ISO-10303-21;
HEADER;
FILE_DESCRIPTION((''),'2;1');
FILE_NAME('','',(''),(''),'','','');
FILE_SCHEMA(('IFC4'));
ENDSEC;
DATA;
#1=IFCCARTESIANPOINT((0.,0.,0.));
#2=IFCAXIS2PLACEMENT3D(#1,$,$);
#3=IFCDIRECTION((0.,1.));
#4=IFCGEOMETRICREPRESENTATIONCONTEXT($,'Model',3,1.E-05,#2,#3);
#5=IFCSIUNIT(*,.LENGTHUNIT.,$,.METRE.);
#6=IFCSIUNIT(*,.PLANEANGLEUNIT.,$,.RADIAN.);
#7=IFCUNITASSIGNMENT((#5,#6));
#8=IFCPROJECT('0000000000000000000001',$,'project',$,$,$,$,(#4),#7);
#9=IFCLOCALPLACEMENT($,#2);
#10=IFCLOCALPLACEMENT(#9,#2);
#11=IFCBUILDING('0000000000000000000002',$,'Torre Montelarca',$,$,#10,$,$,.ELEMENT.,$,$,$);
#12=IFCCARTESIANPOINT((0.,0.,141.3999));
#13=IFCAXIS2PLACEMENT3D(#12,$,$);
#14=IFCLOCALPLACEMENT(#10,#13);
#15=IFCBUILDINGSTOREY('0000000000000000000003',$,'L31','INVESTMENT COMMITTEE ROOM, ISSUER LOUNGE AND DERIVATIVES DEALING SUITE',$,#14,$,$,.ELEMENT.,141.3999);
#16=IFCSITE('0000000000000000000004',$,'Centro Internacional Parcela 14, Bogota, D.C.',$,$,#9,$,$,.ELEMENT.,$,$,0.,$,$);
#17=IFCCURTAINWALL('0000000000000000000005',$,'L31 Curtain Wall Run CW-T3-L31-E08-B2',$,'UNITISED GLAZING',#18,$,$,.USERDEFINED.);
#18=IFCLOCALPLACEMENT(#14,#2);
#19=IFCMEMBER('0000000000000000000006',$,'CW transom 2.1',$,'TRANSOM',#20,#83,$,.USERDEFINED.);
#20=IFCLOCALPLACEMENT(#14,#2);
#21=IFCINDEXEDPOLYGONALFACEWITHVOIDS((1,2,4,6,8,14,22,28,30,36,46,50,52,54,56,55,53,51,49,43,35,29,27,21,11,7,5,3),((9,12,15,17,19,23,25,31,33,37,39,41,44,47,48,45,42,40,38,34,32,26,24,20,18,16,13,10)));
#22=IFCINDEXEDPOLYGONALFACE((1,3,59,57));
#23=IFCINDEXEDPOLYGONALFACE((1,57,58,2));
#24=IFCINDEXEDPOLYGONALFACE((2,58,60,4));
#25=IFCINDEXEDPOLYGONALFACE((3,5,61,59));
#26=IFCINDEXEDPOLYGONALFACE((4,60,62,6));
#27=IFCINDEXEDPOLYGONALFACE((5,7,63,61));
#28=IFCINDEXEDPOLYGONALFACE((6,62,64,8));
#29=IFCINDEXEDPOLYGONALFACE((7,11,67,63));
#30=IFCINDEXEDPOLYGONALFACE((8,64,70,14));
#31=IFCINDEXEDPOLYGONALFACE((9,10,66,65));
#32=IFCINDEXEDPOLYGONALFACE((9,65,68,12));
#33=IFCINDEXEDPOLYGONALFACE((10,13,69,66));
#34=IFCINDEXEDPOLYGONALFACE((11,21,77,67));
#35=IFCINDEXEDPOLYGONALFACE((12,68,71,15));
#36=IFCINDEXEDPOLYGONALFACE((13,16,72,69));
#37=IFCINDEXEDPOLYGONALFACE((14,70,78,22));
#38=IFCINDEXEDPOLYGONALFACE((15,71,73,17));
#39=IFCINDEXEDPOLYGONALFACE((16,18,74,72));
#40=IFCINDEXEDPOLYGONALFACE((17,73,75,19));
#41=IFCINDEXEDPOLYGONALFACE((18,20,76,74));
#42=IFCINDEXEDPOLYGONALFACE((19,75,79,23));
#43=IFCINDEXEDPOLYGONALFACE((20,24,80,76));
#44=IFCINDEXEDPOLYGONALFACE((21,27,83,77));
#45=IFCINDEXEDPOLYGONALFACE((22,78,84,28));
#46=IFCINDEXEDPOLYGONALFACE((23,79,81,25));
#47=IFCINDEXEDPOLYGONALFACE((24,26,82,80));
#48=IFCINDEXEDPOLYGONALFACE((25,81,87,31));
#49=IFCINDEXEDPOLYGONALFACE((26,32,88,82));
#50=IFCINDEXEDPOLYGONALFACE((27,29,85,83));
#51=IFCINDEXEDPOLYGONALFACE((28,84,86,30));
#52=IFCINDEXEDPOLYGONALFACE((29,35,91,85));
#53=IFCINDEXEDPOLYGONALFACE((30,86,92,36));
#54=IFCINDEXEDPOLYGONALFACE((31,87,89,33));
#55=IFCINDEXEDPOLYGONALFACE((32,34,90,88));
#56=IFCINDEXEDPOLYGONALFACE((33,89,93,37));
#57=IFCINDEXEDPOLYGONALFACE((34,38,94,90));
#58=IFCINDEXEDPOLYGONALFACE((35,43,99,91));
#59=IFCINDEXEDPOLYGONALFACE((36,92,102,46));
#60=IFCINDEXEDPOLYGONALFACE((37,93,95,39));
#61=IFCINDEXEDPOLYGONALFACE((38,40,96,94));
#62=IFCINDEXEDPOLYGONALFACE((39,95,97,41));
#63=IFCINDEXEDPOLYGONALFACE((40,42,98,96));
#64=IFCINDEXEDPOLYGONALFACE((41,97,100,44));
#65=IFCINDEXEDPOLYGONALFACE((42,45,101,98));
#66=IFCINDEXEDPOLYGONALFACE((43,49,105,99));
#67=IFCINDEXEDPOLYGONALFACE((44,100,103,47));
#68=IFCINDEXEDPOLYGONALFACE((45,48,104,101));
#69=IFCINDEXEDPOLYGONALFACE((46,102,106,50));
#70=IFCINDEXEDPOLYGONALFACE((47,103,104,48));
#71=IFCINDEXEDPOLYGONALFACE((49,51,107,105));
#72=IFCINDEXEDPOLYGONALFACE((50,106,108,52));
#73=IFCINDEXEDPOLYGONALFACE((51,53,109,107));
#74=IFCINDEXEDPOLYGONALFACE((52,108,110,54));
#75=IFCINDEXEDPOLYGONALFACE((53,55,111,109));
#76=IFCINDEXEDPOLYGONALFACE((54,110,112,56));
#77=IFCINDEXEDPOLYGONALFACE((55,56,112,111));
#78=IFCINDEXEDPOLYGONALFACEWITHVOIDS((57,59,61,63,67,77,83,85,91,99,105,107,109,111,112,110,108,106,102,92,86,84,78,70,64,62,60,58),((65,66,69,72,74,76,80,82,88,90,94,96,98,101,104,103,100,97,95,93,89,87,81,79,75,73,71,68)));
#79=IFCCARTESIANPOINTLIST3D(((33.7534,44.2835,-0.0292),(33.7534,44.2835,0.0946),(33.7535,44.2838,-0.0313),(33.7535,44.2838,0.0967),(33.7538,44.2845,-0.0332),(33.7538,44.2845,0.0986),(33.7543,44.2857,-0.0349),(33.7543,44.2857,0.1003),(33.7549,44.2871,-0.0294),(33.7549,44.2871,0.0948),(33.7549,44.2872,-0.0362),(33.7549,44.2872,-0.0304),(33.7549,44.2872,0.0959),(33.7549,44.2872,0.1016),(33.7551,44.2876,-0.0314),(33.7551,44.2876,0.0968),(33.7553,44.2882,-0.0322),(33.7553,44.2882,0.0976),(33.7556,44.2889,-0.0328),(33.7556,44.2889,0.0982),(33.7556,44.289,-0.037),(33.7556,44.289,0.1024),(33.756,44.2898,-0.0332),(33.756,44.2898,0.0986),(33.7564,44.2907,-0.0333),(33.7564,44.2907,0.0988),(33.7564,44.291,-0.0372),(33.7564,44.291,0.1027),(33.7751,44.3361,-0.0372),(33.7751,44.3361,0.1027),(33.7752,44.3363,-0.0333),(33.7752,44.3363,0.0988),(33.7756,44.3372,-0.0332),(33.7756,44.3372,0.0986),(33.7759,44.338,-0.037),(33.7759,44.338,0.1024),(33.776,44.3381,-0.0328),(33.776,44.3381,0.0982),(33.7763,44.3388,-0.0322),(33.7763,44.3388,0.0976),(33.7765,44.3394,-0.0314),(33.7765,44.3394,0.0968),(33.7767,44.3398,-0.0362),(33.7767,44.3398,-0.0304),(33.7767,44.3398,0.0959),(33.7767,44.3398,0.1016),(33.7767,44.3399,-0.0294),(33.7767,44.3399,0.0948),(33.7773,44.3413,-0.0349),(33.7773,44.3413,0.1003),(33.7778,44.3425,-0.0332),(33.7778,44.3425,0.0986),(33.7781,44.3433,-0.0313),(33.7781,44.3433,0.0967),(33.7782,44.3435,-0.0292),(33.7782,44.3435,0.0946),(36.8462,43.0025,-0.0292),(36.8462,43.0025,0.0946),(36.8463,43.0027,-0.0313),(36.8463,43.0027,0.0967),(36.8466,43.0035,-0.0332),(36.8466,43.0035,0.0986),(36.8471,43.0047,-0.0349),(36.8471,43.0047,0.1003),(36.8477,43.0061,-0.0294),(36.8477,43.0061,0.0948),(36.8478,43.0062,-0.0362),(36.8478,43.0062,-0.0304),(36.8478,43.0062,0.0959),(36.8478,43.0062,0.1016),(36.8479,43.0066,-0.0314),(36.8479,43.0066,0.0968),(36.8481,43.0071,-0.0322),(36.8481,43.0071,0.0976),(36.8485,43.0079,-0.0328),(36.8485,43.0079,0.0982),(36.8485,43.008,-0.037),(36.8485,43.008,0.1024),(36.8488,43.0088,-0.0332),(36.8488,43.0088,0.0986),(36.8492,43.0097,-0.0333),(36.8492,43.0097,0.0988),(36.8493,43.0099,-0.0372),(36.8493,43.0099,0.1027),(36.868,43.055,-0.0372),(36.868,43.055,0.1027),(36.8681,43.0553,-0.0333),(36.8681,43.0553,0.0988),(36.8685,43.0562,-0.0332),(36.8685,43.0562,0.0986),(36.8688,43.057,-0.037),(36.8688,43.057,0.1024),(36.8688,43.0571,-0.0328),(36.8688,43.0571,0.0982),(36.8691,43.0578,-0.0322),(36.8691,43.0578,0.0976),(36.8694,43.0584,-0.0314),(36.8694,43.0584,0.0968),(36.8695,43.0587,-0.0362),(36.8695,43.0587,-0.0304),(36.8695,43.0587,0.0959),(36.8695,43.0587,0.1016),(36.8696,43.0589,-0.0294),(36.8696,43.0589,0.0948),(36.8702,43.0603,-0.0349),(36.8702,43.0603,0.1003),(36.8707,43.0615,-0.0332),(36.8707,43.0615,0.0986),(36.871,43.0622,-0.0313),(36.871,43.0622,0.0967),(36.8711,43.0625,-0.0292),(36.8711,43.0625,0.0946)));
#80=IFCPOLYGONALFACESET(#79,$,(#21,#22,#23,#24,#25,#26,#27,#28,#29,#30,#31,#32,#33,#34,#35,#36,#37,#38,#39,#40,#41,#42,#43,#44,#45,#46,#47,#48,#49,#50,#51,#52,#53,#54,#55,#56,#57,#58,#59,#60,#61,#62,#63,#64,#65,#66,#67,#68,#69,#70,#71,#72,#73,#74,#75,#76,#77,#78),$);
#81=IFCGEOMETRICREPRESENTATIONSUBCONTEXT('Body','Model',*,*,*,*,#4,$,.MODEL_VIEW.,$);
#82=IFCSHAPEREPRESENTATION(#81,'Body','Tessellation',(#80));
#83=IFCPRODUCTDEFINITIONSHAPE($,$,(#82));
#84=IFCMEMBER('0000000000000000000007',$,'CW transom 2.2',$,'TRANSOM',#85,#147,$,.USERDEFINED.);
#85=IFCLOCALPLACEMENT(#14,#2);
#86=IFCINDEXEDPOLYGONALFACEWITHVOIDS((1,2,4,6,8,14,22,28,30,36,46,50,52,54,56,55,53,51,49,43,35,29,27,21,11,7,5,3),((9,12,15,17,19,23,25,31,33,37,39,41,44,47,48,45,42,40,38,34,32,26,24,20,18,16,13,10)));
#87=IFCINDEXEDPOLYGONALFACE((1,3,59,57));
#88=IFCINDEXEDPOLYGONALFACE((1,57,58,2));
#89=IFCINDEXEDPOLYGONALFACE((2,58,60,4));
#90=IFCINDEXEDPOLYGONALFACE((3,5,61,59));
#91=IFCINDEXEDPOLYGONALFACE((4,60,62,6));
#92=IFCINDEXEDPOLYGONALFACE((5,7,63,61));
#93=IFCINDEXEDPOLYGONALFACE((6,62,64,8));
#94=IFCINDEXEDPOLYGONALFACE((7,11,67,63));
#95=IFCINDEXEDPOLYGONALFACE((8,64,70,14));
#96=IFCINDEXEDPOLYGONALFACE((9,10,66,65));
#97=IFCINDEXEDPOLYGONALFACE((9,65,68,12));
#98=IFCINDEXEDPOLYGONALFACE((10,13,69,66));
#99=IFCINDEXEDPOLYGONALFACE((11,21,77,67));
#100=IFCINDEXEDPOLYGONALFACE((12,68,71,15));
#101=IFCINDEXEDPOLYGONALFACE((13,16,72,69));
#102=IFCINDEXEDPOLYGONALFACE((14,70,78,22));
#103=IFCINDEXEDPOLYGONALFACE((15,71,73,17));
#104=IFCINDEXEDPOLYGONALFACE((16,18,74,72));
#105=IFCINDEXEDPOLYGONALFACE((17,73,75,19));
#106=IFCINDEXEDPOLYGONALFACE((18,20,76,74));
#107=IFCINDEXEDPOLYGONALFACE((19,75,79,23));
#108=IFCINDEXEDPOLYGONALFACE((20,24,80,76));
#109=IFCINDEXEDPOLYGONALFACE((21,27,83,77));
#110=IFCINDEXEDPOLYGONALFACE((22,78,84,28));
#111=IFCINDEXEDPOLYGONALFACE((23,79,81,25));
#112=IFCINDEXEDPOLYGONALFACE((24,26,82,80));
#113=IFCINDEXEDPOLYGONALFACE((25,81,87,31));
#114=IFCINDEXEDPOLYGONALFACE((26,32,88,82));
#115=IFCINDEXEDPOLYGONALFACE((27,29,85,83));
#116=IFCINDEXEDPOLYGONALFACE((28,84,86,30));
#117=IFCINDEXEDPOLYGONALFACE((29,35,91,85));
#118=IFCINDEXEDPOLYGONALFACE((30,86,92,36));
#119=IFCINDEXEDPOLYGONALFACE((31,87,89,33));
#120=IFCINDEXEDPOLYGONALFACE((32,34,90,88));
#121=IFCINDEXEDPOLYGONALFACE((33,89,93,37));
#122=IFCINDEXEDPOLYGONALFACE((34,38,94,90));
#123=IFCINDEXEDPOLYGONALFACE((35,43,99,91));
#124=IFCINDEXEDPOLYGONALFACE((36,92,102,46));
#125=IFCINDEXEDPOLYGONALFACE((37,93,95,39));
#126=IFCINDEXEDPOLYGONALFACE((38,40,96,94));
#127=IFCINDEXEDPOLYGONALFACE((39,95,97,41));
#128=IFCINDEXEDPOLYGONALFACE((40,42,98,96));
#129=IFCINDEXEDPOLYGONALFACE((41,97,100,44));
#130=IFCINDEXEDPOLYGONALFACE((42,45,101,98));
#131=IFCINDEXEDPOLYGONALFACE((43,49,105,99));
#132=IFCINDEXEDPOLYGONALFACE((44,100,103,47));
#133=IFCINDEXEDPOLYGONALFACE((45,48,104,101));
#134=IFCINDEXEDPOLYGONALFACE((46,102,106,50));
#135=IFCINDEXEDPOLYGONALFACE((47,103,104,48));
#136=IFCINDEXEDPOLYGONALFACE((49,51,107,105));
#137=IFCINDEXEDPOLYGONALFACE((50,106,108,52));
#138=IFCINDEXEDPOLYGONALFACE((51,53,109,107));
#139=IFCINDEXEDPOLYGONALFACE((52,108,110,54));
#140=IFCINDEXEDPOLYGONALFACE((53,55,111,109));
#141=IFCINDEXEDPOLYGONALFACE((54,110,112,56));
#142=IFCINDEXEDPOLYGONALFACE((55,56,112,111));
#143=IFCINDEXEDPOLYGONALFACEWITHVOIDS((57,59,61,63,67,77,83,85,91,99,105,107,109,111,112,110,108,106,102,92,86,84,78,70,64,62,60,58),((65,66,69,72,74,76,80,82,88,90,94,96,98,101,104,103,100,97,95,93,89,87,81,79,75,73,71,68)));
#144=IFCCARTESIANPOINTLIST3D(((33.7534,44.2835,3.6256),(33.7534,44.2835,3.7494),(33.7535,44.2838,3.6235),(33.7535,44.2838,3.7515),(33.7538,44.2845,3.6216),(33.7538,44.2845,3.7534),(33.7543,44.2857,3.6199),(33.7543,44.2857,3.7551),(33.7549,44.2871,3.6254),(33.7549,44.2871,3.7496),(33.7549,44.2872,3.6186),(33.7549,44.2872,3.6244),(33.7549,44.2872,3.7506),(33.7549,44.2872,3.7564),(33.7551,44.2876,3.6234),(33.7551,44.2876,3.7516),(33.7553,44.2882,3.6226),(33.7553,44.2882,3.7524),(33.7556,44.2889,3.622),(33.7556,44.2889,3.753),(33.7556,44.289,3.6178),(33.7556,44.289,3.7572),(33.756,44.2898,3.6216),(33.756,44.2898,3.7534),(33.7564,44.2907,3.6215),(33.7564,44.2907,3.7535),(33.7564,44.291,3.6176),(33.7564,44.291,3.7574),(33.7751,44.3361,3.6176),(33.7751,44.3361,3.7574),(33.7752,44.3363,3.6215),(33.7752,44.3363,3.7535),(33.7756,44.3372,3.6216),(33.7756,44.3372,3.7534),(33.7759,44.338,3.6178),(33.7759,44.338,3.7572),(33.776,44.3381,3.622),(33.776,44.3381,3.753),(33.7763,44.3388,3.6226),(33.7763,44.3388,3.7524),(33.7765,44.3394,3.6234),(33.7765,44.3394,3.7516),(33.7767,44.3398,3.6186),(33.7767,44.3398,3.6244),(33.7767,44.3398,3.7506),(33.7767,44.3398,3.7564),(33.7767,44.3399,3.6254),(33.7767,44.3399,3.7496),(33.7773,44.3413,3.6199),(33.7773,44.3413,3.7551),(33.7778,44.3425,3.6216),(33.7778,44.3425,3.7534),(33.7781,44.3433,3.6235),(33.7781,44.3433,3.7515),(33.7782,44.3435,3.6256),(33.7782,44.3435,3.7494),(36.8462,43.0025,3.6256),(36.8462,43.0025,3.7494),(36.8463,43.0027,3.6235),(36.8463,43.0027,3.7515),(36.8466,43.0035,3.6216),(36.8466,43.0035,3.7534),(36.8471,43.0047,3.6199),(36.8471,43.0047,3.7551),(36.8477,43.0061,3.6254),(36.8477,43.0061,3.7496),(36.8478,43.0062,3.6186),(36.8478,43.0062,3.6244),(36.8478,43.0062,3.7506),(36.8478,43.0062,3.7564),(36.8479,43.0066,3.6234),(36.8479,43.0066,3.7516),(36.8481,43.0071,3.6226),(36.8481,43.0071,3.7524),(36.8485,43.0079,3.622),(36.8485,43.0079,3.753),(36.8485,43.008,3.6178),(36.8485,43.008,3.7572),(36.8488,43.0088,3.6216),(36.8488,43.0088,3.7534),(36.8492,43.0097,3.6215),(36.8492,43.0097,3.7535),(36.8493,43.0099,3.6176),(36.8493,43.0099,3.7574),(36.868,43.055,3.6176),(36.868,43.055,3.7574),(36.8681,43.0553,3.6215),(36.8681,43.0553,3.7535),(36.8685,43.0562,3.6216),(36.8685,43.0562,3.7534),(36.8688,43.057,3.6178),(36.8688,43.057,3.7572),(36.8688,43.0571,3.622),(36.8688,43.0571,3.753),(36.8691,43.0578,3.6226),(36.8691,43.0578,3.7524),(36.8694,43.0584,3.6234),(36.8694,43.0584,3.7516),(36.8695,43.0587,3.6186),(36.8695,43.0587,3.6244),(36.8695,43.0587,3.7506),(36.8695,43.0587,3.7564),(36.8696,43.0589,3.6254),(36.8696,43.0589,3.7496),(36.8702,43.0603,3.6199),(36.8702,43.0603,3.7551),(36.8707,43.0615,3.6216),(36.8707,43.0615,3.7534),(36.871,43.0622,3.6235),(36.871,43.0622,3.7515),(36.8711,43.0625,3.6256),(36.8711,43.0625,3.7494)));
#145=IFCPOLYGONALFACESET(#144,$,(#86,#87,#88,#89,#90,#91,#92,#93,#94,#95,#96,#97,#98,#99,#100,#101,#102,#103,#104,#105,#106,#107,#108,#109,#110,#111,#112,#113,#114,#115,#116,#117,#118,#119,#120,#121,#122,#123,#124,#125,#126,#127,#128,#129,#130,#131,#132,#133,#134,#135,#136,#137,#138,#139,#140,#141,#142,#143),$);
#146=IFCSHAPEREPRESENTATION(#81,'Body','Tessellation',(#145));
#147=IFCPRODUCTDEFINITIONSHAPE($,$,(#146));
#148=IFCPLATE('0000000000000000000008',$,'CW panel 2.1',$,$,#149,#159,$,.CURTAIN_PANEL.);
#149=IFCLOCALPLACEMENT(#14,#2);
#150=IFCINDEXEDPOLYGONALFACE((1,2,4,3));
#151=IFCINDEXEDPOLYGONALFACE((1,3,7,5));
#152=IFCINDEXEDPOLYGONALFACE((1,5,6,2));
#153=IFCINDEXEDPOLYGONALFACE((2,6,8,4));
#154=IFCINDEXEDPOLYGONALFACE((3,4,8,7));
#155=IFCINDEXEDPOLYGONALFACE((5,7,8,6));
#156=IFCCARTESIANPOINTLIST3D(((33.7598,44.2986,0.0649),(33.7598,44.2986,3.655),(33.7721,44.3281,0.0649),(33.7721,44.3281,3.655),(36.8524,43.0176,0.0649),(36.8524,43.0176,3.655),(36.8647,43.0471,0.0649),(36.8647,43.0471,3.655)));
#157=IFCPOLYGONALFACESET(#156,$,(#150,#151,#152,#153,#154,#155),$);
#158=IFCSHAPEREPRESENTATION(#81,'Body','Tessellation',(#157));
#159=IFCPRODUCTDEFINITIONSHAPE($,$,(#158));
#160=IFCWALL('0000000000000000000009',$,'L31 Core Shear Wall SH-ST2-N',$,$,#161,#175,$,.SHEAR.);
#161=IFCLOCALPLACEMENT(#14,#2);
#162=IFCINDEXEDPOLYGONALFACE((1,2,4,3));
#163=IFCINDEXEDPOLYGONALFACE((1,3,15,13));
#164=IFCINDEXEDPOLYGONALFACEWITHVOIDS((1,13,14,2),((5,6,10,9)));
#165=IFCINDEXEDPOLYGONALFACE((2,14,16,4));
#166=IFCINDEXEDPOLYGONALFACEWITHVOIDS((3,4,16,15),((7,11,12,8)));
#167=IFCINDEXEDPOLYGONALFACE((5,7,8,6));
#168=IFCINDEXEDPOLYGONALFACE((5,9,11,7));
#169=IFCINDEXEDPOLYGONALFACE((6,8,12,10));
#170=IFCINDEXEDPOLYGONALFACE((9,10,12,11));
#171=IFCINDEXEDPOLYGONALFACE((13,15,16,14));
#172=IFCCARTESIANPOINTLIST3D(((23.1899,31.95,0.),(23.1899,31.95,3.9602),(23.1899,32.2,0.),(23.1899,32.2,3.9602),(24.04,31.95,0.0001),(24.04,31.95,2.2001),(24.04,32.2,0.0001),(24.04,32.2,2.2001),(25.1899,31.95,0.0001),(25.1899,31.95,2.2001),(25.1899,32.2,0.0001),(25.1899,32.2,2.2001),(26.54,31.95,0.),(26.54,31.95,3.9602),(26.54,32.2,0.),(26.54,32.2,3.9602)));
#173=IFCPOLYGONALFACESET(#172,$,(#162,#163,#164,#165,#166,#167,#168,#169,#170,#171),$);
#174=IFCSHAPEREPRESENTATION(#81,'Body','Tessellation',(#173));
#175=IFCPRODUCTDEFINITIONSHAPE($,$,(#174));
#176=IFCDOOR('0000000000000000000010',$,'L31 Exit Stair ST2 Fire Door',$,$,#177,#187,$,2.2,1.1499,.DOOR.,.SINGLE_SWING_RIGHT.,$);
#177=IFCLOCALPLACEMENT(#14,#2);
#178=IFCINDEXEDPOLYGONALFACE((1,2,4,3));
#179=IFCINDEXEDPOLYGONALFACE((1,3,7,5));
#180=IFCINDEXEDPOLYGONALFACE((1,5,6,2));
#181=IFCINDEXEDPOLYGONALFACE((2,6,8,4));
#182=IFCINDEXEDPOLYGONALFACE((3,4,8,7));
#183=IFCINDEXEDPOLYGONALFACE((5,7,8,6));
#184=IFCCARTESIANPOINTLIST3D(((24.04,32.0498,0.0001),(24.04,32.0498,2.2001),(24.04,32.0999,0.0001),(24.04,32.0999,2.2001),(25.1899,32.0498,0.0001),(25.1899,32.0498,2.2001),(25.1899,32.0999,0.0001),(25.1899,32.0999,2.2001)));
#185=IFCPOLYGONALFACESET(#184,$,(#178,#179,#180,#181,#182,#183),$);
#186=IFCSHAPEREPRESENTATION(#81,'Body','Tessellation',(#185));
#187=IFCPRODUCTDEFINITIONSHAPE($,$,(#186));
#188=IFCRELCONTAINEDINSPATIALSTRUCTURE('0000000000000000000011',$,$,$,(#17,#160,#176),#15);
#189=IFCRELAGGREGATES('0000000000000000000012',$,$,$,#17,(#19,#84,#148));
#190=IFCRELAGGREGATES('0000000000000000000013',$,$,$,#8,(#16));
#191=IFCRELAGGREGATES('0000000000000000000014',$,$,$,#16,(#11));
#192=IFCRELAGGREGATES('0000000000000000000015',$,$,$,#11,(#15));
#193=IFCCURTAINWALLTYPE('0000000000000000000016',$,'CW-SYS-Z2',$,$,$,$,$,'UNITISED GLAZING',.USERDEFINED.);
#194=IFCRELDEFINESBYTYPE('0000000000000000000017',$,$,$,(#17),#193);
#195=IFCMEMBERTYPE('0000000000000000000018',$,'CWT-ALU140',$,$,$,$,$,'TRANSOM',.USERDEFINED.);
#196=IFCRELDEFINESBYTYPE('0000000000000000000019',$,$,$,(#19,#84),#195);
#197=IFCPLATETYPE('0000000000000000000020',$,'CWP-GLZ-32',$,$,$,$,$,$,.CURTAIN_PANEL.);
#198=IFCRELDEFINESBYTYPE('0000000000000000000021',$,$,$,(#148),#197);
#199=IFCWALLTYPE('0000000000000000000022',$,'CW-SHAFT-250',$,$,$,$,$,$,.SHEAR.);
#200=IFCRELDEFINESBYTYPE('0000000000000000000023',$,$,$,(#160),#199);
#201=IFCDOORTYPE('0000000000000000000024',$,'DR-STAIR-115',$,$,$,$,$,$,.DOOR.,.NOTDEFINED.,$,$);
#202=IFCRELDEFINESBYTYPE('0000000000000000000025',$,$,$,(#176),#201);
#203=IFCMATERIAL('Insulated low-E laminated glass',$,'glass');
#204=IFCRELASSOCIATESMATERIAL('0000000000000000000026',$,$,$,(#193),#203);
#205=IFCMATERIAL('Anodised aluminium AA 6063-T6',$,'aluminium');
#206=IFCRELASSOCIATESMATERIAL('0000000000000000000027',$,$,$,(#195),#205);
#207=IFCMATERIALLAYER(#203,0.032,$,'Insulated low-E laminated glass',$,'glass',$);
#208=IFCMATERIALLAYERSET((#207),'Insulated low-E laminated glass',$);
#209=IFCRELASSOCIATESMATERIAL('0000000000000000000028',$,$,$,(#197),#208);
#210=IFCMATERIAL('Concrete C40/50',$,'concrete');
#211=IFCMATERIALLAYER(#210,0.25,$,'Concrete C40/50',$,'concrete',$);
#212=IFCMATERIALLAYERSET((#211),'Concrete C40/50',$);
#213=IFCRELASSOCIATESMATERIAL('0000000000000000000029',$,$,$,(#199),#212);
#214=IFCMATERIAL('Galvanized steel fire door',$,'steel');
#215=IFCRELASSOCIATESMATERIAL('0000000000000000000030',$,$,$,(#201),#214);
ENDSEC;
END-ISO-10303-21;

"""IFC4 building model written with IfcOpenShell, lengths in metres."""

from ifc_helpers import new_model, si_unit, direction, frame, frame_2d, origin, origin_2d, place, context, subcontext, project, spatial, rectangle, hollow_rectangle, extrude, source, transform, mapped, material, layer, layer_set, material_profile, profile_set, type_object, element, fill, aggregate, save


model = new_model("IFC4")

# Units and contexts
model_context = context("Model", 3, precision=1e-05, world=origin(), true_north=direction((0.0, 1.0)))
body_context = subcontext(model_context, "Body", "Model", "MODEL_VIEW")
ifc_project = project(units=[si_unit("LENGTHUNIT", "METRE"), si_unit("PLANEANGLEUNIT", "RADIAN")], contexts=[model_context])

# Site, building, storey
site_placement = place(None, origin())
site = spatial("IfcSite", under=ifc_project, at=site_placement, Name="Centro Internacional Parcela 14, Bogota, D.C.", CompositionType="ELEMENT", RefElevation=0.0)
building_placement = place(site_placement, origin())
building = spatial("IfcBuilding", under=site, at=building_placement, Name="Torre Montelarca", CompositionType="ELEMENT")
storey_placement = place(building_placement, frame((0.0, 0.0, 141.3999)))
storey = spatial("IfcBuildingStorey", under=building, at=storey_placement, Name="L31", Description="INVESTMENT COMMITTEE ROOM, ISSUER LOUNGE AND DERIVATIVES DEALING SUITE", CompositionType="ELEMENT", Elevation=141.3999)

# Curtain wall, members, plate
ifc_material_1 = material(Name="Insulated low-E laminated glass", Category="glass")
curtain_wall_type = type_object("IfcCurtainWallType", Name="CW-SYS-Z2", ElementType="UNITISED GLAZING", PredefinedType="USERDEFINED", material=ifc_material_1)
curtain_wall_placement = place(storey_placement, origin())
curtain_wall = element("IfcCurtainWall", 1, at=curtain_wall_placement, inside=storey, type_object=curtain_wall_type, Name="L31 Curtain Wall Run CW-T3-L31-E08-B2", ObjectType="UNITISED GLAZING", PredefinedType="USERDEFINED")
ifc_material_2 = material(Name="Anodised aluminium AA 6063-T6", Category="aluminium")
ifc_material_profile_1 = material_profile(ifc_material_2, hollow_rectangle(XDim=0.0649, YDim=0.1399, WallThickness=0.0039, InnerFilletRadius=0.0039, OuterFilletRadius=0.0081, at=origin_2d()), Name="ALU65X140X4", Category="aluminium")
ifc_profile_set_1 = profile_set([ifc_material_profile_1], Name="Anodised aluminium AA 6063-T6")
member_type_1 = type_object("IfcMemberType", Name="CWT-ALU140", ElementType="TRANSOM", PredefinedType="USERDEFINED", material=ifc_profile_set_1)
shared_shape_1 = source(origin(), body_context, "Body", "SweptSolid", [
    extrude(hollow_rectangle(XDim=0.0649, YDim=0.1399, WallThickness=0.0039, InnerFilletRadius=0.0039, OuterFilletRadius=0.0081, at=origin_2d()), origin(), (0.0, 0.0, 1.0), 3.3477),
])
member_1_placement = place(storey_placement, frame((36.8586, 43.0325, 0.0327), z_axis=(-0.923886, 0.382667, 0.0), x_axis=(-0.382667, -0.923886, 0.0)))
member_1 = element("IfcMember", 2, at=member_1_placement, type_object=member_type_1, Name="CW transom 2.1", ObjectType="TRANSOM", PredefinedType="USERDEFINED", context=body_context, shape_type="MappedRepresentation", body=[
    mapped(shared_shape_1, transform((0.0, 0.0, 0.0), scale=1.0)),
])
member_2_placement = place(storey_placement, frame((36.8586, 43.0325, 3.6875), z_axis=(-0.923886, 0.382667, 0.0), x_axis=(-0.382667, -0.923886, 0.0)))
member_2 = element("IfcMember", 3, at=member_2_placement, type_object=member_type_1, Name="CW transom 2.2", ObjectType="TRANSOM", PredefinedType="USERDEFINED", context=body_context, shape_type="MappedRepresentation", body=[
    mapped(shared_shape_1, transform((0.0, 0.0, 0.0), scale=1.0)),
])
ifc_layer_1 = layer(ifc_material_1, 0.032, Name="Insulated low-E laminated glass", Category="glass")
ifc_layer_set_1 = layer_set([ifc_layer_1], Name="Insulated low-E laminated glass")
plate_type = type_object("IfcPlateType", Name="CWP-GLZ-32", PredefinedType="CURTAIN_PANEL", material=ifc_layer_set_1)
shared_shape_2 = source(origin(), body_context, "Body", "SweptSolid", [
    extrude(rectangle(XDim=3.3474, YDim=0.032, at=origin_2d()), origin(), (0.0, 0.0, 1.0), 3.5901),
])
plate_placement = place(storey_placement, frame((35.3123, 43.6729, 0.0649), z_axis=(0.0, 0.0, 1.0), x_axis=(-0.923878, 0.382686, 0.0)))
plate = element("IfcPlate", 4, at=plate_placement, type_object=plate_type, Name="CW panel 2.1", PredefinedType="CURTAIN_PANEL", context=body_context, shape_type="MappedRepresentation", body=[
    mapped(shared_shape_2, transform((0.0, 0.0, 0.0), scale=1.0)),
])
aggregate(curtain_wall, [member_1, member_2, plate])

# Wall, opening, door
ifc_material_3 = material(Name="Concrete C40/50", Category="concrete")
ifc_layer_2 = layer(ifc_material_3, 0.25, Name="Concrete C40/50", Category="concrete")
ifc_layer_set_2 = layer_set([ifc_layer_2], Name="Concrete C40/50")
wall_type = type_object("IfcWallType", Name="CW-SHAFT-250", PredefinedType="SHEAR", material=ifc_layer_set_2)
wall_1_placement = place(storey_placement, frame((23.1899, 32.075, 0.0), z_axis=(0.0, 0.0, 1.0), x_axis=(1.0, 0.0, 0.0)))
wall_1 = element("IfcWall", 5, at=wall_1_placement, inside=storey, type_object=wall_type, Name="L31 Core Shear Wall SH-ST2-N", PredefinedType="SHEAR", context=body_context, shape_type="SweptSolid", body=[
    extrude(rectangle(XDim=3.3501, YDim=0.25, at=frame_2d((1.675, 0.0))), origin(), (0.0, 0.0, 1.0), 3.9602),
])
opening_1_placement = place(wall_1_placement, frame((0.8501, 0.0, 0.0)))
opening_1 = element("IfcOpeningElement", 6, at=opening_1_placement, cuts=wall_1, PredefinedType="OPENING", context=body_context, shape_type="SweptSolid", body=[
    extrude(rectangle(XDim=1.1499, YDim=2.2, at=frame_2d((0.575, 1.1001))), frame((0.0, 0.135, 0.0), z_axis=(0.0, -1.0, 0.0), x_axis=(1.0, 0.0, 0.0)), (0.0, 0.0, 1.0), 0.27),
])
ifc_material_4 = material(Name="Galvanized steel fire door", Category="steel")
door_type_1 = type_object("IfcDoorType", Name="DR-STAIR-115", OperationType="NOTDEFINED", PredefinedType="DOOR", material=ifc_material_4)
shared_shape_3 = source(origin(), body_context, "Body", "SweptSolid", [
    extrude(rectangle(XDim=1.1499, YDim=2.2, at=frame_2d((0.575, 1.1001))), frame((0.0, 0.0249, 0.0), z_axis=(0.0, -1.0, 0.0), x_axis=(1.0, 0.0, 0.0)), (0.0, 0.0, 1.0), 0.05),
])
door_1_placement = place(opening_1_placement, origin())
door_1 = element("IfcDoor", 7, at=door_1_placement, inside=storey, type_object=door_type_1, Name="L31 Exit Stair ST2 Fire Door", OperationType="SINGLE_SWING_RIGHT", OverallHeight=2.2, OverallWidth=1.1499, PredefinedType="DOOR", context=body_context, shape_type="MappedRepresentation", body=[
    mapped(shared_shape_3, transform((0.0, 0.0, 0.0), scale=1.0)),
])
fill(opening_1, door_1)

save(model, "model.ifc")
